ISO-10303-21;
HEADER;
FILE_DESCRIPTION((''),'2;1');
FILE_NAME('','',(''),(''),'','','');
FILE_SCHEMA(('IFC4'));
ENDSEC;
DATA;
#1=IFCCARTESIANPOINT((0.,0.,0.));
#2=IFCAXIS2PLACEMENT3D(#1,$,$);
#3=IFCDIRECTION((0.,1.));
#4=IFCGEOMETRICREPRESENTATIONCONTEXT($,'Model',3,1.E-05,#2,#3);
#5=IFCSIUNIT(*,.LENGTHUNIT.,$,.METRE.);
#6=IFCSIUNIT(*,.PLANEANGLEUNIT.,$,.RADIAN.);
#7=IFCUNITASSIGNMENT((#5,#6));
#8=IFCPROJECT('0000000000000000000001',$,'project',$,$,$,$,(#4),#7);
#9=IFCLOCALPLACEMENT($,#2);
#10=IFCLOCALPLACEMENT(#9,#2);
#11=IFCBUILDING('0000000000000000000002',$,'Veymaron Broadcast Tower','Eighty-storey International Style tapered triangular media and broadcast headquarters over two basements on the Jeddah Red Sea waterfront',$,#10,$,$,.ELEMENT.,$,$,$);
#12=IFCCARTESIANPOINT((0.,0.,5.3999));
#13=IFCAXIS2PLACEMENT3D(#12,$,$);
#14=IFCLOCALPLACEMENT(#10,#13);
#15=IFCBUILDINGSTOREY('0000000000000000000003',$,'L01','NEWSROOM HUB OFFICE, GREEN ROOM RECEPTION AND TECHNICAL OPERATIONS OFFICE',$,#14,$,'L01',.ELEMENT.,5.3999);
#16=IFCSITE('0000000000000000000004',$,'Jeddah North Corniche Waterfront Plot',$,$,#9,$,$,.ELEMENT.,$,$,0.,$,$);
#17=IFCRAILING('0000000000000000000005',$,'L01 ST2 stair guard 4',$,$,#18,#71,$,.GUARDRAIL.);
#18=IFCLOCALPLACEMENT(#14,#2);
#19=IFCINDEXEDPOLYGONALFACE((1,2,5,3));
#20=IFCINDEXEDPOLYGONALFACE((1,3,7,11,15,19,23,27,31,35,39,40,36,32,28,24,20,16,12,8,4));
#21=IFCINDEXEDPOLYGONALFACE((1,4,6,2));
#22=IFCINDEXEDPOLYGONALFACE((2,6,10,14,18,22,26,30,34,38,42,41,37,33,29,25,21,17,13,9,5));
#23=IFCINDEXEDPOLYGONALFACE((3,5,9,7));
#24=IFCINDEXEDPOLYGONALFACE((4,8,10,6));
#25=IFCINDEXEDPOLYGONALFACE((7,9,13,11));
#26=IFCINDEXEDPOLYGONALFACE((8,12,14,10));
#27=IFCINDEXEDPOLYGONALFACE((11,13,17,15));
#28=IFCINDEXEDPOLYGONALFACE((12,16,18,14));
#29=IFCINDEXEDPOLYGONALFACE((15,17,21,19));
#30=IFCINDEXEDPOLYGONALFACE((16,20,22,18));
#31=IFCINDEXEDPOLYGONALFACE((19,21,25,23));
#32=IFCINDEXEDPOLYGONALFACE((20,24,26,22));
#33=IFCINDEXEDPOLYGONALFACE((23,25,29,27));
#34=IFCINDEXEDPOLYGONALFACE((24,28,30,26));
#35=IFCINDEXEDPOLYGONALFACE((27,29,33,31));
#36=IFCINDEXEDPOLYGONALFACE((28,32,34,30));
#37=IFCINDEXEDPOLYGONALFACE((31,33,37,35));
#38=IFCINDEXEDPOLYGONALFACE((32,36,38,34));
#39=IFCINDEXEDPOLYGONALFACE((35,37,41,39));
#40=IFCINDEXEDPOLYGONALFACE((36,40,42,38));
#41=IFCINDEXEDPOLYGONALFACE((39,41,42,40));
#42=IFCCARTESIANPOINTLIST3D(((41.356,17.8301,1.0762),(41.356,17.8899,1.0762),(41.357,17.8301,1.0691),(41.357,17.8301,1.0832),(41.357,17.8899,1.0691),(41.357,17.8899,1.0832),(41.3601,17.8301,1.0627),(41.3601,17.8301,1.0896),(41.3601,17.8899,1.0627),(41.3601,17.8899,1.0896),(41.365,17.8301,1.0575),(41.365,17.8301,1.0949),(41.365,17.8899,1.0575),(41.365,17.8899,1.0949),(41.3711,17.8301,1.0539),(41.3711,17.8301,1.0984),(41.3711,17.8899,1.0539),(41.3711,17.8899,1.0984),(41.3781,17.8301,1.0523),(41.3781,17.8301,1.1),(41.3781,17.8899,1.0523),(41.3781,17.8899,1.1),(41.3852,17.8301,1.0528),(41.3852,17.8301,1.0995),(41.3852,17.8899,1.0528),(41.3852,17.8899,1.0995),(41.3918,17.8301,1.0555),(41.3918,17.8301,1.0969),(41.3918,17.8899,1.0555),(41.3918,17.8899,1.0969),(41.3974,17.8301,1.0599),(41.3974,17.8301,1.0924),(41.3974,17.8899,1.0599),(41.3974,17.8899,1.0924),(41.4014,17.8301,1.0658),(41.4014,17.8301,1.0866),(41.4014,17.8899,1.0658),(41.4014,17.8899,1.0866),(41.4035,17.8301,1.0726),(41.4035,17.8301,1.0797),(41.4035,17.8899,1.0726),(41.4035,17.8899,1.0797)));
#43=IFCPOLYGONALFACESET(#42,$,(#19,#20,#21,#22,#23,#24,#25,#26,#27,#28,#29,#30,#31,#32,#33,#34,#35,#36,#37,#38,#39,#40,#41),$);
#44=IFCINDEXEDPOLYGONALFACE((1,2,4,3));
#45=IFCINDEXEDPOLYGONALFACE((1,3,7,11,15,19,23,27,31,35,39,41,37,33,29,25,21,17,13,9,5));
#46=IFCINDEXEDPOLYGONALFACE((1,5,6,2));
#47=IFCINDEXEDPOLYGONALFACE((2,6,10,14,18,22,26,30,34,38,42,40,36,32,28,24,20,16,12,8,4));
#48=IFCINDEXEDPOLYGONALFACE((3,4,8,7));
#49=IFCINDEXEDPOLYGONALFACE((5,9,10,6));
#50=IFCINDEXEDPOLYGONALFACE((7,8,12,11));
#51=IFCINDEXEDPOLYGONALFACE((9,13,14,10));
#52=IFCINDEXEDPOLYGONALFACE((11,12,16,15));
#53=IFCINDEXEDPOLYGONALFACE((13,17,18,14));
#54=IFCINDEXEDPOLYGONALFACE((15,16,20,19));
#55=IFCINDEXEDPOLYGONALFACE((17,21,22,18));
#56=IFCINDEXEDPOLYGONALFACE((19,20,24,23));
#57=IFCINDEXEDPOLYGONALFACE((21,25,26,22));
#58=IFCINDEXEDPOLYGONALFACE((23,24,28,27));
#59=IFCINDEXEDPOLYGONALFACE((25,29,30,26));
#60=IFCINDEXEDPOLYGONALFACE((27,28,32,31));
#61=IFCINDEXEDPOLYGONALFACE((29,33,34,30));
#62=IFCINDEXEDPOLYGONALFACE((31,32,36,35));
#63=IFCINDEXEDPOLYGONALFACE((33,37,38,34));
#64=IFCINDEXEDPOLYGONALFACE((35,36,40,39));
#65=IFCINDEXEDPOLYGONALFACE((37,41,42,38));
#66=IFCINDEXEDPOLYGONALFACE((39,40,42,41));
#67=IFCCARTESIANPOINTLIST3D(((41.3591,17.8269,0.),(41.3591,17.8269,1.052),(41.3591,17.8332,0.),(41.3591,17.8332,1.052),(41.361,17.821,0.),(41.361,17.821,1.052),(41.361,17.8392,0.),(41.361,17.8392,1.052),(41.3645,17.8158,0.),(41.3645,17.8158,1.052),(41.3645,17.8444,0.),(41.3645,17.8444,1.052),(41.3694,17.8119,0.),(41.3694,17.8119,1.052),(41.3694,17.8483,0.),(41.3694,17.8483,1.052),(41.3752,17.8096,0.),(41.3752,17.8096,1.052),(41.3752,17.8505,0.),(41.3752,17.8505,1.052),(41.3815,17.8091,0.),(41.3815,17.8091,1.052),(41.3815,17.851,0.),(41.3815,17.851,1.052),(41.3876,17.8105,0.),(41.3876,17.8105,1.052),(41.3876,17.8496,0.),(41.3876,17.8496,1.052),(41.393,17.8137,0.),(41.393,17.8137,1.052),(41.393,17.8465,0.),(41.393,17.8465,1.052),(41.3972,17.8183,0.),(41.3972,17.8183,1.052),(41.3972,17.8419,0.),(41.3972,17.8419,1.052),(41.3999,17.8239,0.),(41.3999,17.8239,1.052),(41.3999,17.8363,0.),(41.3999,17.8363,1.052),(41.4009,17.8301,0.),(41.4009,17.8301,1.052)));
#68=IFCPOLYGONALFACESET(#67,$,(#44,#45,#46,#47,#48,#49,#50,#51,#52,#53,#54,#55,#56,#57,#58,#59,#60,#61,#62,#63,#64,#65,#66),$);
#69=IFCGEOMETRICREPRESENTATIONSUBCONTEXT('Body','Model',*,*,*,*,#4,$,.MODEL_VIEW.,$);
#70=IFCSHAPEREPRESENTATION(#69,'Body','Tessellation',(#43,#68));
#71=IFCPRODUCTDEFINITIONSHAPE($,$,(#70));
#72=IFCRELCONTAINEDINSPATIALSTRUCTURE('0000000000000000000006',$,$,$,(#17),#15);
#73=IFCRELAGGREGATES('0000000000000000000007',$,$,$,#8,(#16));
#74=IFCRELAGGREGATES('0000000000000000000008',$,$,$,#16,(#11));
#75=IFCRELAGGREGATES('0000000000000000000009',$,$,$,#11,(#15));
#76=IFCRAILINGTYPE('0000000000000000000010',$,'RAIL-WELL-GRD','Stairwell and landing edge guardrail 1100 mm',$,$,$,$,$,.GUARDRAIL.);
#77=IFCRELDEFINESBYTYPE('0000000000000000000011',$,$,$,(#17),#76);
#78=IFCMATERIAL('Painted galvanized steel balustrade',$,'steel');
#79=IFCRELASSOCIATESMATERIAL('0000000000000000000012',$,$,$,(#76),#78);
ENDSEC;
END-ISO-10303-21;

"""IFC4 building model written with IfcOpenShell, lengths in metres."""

from ifc_helpers import new_model, si_unit, direction, frame, origin, origin_2d, place, context, subcontext, project, spatial, circle, extrude, material, type_object, element, save


model = new_model("IFC4")

# Units and contexts
model_context = context("Model", 3, precision=1e-05, world=origin(), true_north=direction((0.0, 1.0)))
body_context = subcontext(model_context, "Body", "Model", "MODEL_VIEW")
ifc_project = project(units=[si_unit("LENGTHUNIT", "METRE"), si_unit("PLANEANGLEUNIT", "RADIAN")], contexts=[model_context])

# Site, building, storey
site_placement = place(None, origin())
site = spatial("IfcSite", under=ifc_project, at=site_placement, Name="Jeddah North Corniche Waterfront Plot", CompositionType="ELEMENT", RefElevation=0.0)
building_placement = place(site_placement, origin())
building = spatial("IfcBuilding", under=site, at=building_placement, Name="Veymaron Broadcast Tower", Description="Eighty-storey International Style tapered triangular media and broadcast headquarters over two basements on the Jeddah Red Sea waterfront", CompositionType="ELEMENT")
storey_placement = place(building_placement, frame((0.0, 0.0, 5.3999)))
storey = spatial("IfcBuildingStorey", under=building, at=storey_placement, Name="L01", Description="NEWSROOM HUB OFFICE, GREEN ROOM RECEPTION AND TECHNICAL OPERATIONS OFFICE", LongName="L01", CompositionType="ELEMENT", Elevation=5.3999)

# Railing
ifc_material_1 = material(Name="Painted galvanized steel balustrade", Category="steel")
railing_type_1 = type_object("IfcRailingType", Name="RAIL-WELL-GRD", Description="Stairwell and landing edge guardrail 1100 mm", PredefinedType="GUARDRAIL", material=ifc_material_1)
railing_1_placement = place(storey_placement, frame((41.3799, 17.8301, 0.0)))
element("IfcRailing", 1, at=railing_1_placement, inside=storey, type_object=railing_type_1, Name="L01 ST2 stair guard 4", PredefinedType="GUARDRAIL", context=body_context, shape_type="SweptSolid", body=[
    extrude(circle(Radius=0.0239, at=origin_2d()), frame((0.0, 0.0, 1.0762), z_axis=(0.0, 1.0, 0.0), x_axis=(-1.0, 0.0, 0.0)), (0.0, 0.0, 1.0), 0.0598),
    extrude(circle(Radius=0.021, at=origin_2d()), origin(), (0.0, 0.0, 1.0), 1.052),
])

save(model, "model.ifc")
